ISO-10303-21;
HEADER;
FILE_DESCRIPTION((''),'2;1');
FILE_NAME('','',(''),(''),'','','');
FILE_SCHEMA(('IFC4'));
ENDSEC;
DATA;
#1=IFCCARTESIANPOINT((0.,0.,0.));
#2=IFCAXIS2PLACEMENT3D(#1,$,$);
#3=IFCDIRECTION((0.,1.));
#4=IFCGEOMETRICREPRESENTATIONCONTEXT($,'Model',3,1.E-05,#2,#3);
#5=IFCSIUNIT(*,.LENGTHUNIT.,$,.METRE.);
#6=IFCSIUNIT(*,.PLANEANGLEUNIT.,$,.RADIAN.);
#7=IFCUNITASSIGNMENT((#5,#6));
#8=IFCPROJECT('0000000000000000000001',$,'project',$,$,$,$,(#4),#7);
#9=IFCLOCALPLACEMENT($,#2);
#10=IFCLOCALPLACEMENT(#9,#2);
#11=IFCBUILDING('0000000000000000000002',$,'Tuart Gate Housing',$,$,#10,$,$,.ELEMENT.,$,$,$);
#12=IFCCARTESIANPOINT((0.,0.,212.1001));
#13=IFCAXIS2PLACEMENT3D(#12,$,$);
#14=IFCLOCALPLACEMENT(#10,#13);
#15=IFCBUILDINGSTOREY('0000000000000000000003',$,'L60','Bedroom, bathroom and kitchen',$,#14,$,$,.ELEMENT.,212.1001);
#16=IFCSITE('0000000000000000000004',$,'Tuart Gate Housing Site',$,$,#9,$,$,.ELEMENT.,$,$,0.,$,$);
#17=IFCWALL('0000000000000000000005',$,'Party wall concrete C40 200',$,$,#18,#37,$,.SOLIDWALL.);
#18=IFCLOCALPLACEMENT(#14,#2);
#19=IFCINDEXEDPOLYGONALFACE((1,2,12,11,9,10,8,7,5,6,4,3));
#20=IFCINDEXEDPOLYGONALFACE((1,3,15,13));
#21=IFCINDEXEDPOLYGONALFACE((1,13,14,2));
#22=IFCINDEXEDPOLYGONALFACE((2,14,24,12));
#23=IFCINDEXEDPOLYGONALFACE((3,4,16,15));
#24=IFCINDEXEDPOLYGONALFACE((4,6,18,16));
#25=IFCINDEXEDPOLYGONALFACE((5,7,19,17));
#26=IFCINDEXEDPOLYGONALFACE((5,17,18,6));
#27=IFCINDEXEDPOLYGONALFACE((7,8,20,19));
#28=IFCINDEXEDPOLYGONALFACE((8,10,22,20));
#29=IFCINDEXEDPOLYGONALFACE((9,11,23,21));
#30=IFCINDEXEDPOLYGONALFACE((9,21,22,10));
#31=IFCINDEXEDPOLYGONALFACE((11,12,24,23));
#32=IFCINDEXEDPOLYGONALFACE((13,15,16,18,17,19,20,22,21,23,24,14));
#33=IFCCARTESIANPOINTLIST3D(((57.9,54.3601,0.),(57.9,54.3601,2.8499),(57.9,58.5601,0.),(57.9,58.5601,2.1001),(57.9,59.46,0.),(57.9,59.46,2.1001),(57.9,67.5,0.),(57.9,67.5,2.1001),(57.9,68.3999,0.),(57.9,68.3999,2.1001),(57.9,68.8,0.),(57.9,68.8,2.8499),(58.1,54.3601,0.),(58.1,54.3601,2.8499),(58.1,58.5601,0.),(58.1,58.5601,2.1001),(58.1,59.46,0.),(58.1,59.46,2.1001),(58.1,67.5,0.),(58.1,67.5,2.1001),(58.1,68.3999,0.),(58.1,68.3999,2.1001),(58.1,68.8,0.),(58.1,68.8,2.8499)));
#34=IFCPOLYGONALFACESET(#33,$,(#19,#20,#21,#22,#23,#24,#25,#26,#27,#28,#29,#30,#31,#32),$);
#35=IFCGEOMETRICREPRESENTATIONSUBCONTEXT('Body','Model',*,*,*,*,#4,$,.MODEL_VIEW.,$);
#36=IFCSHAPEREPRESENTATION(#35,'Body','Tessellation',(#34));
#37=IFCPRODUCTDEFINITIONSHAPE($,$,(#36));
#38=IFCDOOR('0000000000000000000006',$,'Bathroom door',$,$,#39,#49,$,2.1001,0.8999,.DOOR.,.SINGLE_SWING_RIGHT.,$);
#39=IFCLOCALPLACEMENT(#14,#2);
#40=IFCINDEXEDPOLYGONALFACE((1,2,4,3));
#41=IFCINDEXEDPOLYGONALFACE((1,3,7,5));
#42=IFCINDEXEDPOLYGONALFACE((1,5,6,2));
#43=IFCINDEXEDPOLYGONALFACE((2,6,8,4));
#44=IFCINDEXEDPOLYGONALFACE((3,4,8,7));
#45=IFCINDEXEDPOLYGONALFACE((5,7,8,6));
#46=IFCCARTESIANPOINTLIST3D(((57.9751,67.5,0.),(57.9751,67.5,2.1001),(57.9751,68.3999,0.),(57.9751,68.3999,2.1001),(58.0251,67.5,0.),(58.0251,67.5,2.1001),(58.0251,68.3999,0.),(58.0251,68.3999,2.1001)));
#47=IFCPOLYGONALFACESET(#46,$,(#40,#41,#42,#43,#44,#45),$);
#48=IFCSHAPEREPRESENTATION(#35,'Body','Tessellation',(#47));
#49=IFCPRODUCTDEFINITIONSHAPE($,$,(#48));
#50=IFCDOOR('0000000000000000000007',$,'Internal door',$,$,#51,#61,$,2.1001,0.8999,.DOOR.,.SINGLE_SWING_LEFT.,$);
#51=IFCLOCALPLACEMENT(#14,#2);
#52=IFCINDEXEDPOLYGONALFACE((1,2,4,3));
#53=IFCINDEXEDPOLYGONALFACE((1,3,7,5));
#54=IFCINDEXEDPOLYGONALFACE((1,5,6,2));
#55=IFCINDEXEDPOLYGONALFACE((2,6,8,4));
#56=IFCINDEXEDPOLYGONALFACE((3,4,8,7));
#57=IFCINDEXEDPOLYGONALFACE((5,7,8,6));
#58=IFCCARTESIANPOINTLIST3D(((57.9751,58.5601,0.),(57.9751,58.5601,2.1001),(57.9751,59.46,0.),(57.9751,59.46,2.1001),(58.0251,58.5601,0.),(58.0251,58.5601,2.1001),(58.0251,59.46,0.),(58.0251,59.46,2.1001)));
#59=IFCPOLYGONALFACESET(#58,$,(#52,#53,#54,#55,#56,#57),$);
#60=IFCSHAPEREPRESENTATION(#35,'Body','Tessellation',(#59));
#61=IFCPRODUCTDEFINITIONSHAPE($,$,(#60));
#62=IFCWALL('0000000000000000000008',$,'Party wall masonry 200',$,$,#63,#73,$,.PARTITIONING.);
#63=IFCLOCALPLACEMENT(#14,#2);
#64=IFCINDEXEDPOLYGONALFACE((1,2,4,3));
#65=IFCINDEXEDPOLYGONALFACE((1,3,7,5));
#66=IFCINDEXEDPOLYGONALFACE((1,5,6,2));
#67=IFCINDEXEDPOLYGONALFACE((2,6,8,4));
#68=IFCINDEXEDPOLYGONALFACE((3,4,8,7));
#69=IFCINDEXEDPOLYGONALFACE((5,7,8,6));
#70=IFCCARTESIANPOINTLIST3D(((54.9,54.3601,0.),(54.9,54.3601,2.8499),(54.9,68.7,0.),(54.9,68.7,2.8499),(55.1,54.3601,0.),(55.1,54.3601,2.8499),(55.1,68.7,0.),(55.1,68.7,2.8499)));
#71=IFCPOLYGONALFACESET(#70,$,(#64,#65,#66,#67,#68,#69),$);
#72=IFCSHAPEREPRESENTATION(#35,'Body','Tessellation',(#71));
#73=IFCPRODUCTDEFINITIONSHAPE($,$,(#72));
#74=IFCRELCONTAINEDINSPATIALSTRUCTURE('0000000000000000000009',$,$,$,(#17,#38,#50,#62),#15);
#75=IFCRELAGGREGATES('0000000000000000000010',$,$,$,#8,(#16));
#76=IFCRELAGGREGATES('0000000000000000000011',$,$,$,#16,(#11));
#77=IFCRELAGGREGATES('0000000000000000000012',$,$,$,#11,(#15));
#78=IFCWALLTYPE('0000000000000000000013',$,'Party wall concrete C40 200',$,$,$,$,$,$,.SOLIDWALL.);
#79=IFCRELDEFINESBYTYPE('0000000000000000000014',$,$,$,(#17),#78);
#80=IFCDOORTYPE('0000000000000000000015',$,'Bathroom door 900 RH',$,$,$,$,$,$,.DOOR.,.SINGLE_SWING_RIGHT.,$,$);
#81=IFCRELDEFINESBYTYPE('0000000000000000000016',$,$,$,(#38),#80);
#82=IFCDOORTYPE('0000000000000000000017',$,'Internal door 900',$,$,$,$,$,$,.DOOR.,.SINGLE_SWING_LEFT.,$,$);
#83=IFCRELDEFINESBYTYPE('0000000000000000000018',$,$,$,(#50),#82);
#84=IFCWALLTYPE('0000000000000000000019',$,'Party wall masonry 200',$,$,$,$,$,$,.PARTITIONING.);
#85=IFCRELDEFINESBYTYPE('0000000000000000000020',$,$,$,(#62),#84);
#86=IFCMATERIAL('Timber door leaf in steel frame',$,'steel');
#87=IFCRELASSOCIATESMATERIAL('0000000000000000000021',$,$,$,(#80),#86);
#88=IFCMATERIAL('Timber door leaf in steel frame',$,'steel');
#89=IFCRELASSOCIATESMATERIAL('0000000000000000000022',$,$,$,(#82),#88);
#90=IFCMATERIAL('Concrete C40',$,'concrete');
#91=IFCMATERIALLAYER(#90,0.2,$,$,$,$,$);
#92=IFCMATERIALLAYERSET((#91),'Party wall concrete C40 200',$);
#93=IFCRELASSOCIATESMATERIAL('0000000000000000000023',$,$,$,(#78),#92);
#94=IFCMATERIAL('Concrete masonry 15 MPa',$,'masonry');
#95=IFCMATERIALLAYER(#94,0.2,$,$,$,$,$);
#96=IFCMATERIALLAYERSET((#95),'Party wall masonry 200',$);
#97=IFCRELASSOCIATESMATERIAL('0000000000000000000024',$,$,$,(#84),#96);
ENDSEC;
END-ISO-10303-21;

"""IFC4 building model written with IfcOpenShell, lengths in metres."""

from ifc_helpers import new_model, si_unit, direction, frame, frame_2d, origin, place, context, subcontext, project, spatial, rectangle, extrude, material, layer, layer_set, type_object, element, fill, save


model = new_model("IFC4")

# Units and contexts
model_context = context("Model", 3, precision=1e-05, world=origin(), true_north=direction((0.0, 1.0)))
body_context = subcontext(model_context, "Body", "Model", "MODEL_VIEW")
ifc_project = project(units=[si_unit("LENGTHUNIT", "METRE"), si_unit("PLANEANGLEUNIT", "RADIAN")], contexts=[model_context])

# Site, building, storey
site_placement = place(None, origin())
site = spatial("IfcSite", under=ifc_project, at=site_placement, Name="Tuart Gate Housing Site", CompositionType="ELEMENT", RefElevation=0.0)
building_placement = place(site_placement, origin())
building = spatial("IfcBuilding", under=site, at=building_placement, Name="Tuart Gate Housing", CompositionType="ELEMENT")
storey_placement = place(building_placement, frame((0.0, 0.0, 212.1001)))
storey = spatial("IfcBuildingStorey", under=building, at=storey_placement, Name="L60", Description="Bedroom, bathroom and kitchen", CompositionType="ELEMENT", Elevation=212.1001)

# Wall, openings, doors
ifc_material_1 = material(Name="Timber door leaf in steel frame", Category="steel")
door_type_1 = type_object("IfcDoorType", Name="Bathroom door 900 RH", OperationType="SINGLE_SWING_RIGHT", PredefinedType="DOOR", material=ifc_material_1)
ifc_material_2 = material(Name="Timber door leaf in steel frame", Category="steel")
door_type_2 = type_object("IfcDoorType", Name="Internal door 900", OperationType="SINGLE_SWING_LEFT", PredefinedType="DOOR", material=ifc_material_2)
ifc_material_3 = material(Name="Concrete C40", Category="concrete")
ifc_layer_1 = layer(ifc_material_3, 0.2)
ifc_layer_set_1 = layer_set([ifc_layer_1], Name="Party wall concrete C40 200")
wall_type_1 = type_object("IfcWallType", Name="Party wall concrete C40 200", PredefinedType="SOLIDWALL", material=ifc_layer_set_1)
wall_1_placement = place(storey_placement, frame((58.0, 54.3601, 0.0), z_axis=(0.0, 0.0, 1.0), x_axis=(0.0, 1.0, 0.0)))
wall_1 = element("IfcWall", 1, at=wall_1_placement, inside=storey, type_object=wall_type_1, Name="Party wall concrete C40 200", PredefinedType="SOLIDWALL", context=body_context, shape_type="SweptSolid", body=[
    extrude(rectangle(XDim=14.4399, YDim=0.2, at=frame_2d((7.22, 0.0))), origin(), (0.0, 0.0, 1.0), 2.8499),
])
opening_1_placement = place(wall_1_placement, frame((4.2, 0.0, 0.0)))
opening_1 = element("IfcOpeningElement", 2, at=opening_1_placement, cuts=wall_1, PredefinedType="OPENING", context=body_context, shape_type="SweptSolid", body=[
    extrude(rectangle(XDim=0.8999, YDim=2.1001, at=frame_2d((0.45, 1.05))), frame((0.0, 0.1099, 0.0), z_axis=(0.0, -1.0, 0.0), x_axis=(1.0, 0.0, 0.0)), (0.0, 0.0, 1.0), 0.22),
])
opening_2_placement = place(wall_1_placement, frame((13.1399, 0.0, 0.0)))
opening_2 = element("IfcOpeningElement", 3, at=opening_2_placement, cuts=wall_1, PredefinedType="OPENING", context=body_context, shape_type="SweptSolid", body=[
    extrude(rectangle(XDim=0.8999, YDim=2.1001, at=frame_2d((0.45, 1.05))), frame((0.0, 0.1099, 0.0), z_axis=(0.0, -1.0, 0.0), x_axis=(1.0, 0.0, 0.0)), (0.0, 0.0, 1.0), 0.22),
])
door_1_placement = place(opening_2_placement, origin())
door_1 = element("IfcDoor", 4, at=door_1_placement, inside=storey, type_object=door_type_1, Name="Bathroom door", OperationType="SINGLE_SWING_RIGHT", OverallHeight=2.1001, OverallWidth=0.8999, PredefinedType="DOOR", context=body_context, shape_type="SweptSolid", body=[
    extrude(rectangle(XDim=0.8999, YDim=2.1001, at=frame_2d((0.45, 1.05))), frame((0.0, 0.0249, 0.0), z_axis=(0.0, -1.0, 0.0), x_axis=(1.0, 0.0, 0.0)), (0.0, 0.0, 1.0), 0.05),
])
fill(opening_2, door_1)
door_2_placement = place(opening_1_placement, origin())
door_2 = element("IfcDoor", 5, at=door_2_placement, inside=storey, type_object=door_type_2, Name="Internal door", OperationType="SINGLE_SWING_LEFT", OverallHeight=2.1001, OverallWidth=0.8999, PredefinedType="DOOR", context=body_context, shape_type="SweptSolid", body=[
    extrude(rectangle(XDim=0.8999, YDim=2.1001, at=frame_2d((0.45, 1.05))), frame((0.0, 0.0249, 0.0), z_axis=(0.0, -1.0, 0.0), x_axis=(1.0, 0.0, 0.0)), (0.0, 0.0, 1.0), 0.05),
])
fill(opening_1, door_2)

# Wall
ifc_material_4 = material(Name="Concrete masonry 15 MPa", Category="masonry")
ifc_layer_2 = layer(ifc_material_4, 0.2)
ifc_layer_set_2 = layer_set([ifc_layer_2], Name="Party wall masonry 200")
wall_type_2 = type_object("IfcWallType", Name="Party wall masonry 200", PredefinedType="PARTITIONING", material=ifc_layer_set_2)
wall_2_placement = place(storey_placement, frame((55.0, 54.3601, 0.0), z_axis=(0.0, 0.0, 1.0), x_axis=(0.0, 1.0, 0.0)))
element("IfcWall", 6, at=wall_2_placement, inside=storey, type_object=wall_type_2, Name="Party wall masonry 200", PredefinedType="PARTITIONING", context=body_context, shape_type="SweptSolid", body=[
    extrude(rectangle(XDim=14.3398, YDim=0.2, at=frame_2d((7.1699, 0.0))), origin(), (0.0, 0.0, 1.0), 2.8499),
])

save(model, "model.ifc")
